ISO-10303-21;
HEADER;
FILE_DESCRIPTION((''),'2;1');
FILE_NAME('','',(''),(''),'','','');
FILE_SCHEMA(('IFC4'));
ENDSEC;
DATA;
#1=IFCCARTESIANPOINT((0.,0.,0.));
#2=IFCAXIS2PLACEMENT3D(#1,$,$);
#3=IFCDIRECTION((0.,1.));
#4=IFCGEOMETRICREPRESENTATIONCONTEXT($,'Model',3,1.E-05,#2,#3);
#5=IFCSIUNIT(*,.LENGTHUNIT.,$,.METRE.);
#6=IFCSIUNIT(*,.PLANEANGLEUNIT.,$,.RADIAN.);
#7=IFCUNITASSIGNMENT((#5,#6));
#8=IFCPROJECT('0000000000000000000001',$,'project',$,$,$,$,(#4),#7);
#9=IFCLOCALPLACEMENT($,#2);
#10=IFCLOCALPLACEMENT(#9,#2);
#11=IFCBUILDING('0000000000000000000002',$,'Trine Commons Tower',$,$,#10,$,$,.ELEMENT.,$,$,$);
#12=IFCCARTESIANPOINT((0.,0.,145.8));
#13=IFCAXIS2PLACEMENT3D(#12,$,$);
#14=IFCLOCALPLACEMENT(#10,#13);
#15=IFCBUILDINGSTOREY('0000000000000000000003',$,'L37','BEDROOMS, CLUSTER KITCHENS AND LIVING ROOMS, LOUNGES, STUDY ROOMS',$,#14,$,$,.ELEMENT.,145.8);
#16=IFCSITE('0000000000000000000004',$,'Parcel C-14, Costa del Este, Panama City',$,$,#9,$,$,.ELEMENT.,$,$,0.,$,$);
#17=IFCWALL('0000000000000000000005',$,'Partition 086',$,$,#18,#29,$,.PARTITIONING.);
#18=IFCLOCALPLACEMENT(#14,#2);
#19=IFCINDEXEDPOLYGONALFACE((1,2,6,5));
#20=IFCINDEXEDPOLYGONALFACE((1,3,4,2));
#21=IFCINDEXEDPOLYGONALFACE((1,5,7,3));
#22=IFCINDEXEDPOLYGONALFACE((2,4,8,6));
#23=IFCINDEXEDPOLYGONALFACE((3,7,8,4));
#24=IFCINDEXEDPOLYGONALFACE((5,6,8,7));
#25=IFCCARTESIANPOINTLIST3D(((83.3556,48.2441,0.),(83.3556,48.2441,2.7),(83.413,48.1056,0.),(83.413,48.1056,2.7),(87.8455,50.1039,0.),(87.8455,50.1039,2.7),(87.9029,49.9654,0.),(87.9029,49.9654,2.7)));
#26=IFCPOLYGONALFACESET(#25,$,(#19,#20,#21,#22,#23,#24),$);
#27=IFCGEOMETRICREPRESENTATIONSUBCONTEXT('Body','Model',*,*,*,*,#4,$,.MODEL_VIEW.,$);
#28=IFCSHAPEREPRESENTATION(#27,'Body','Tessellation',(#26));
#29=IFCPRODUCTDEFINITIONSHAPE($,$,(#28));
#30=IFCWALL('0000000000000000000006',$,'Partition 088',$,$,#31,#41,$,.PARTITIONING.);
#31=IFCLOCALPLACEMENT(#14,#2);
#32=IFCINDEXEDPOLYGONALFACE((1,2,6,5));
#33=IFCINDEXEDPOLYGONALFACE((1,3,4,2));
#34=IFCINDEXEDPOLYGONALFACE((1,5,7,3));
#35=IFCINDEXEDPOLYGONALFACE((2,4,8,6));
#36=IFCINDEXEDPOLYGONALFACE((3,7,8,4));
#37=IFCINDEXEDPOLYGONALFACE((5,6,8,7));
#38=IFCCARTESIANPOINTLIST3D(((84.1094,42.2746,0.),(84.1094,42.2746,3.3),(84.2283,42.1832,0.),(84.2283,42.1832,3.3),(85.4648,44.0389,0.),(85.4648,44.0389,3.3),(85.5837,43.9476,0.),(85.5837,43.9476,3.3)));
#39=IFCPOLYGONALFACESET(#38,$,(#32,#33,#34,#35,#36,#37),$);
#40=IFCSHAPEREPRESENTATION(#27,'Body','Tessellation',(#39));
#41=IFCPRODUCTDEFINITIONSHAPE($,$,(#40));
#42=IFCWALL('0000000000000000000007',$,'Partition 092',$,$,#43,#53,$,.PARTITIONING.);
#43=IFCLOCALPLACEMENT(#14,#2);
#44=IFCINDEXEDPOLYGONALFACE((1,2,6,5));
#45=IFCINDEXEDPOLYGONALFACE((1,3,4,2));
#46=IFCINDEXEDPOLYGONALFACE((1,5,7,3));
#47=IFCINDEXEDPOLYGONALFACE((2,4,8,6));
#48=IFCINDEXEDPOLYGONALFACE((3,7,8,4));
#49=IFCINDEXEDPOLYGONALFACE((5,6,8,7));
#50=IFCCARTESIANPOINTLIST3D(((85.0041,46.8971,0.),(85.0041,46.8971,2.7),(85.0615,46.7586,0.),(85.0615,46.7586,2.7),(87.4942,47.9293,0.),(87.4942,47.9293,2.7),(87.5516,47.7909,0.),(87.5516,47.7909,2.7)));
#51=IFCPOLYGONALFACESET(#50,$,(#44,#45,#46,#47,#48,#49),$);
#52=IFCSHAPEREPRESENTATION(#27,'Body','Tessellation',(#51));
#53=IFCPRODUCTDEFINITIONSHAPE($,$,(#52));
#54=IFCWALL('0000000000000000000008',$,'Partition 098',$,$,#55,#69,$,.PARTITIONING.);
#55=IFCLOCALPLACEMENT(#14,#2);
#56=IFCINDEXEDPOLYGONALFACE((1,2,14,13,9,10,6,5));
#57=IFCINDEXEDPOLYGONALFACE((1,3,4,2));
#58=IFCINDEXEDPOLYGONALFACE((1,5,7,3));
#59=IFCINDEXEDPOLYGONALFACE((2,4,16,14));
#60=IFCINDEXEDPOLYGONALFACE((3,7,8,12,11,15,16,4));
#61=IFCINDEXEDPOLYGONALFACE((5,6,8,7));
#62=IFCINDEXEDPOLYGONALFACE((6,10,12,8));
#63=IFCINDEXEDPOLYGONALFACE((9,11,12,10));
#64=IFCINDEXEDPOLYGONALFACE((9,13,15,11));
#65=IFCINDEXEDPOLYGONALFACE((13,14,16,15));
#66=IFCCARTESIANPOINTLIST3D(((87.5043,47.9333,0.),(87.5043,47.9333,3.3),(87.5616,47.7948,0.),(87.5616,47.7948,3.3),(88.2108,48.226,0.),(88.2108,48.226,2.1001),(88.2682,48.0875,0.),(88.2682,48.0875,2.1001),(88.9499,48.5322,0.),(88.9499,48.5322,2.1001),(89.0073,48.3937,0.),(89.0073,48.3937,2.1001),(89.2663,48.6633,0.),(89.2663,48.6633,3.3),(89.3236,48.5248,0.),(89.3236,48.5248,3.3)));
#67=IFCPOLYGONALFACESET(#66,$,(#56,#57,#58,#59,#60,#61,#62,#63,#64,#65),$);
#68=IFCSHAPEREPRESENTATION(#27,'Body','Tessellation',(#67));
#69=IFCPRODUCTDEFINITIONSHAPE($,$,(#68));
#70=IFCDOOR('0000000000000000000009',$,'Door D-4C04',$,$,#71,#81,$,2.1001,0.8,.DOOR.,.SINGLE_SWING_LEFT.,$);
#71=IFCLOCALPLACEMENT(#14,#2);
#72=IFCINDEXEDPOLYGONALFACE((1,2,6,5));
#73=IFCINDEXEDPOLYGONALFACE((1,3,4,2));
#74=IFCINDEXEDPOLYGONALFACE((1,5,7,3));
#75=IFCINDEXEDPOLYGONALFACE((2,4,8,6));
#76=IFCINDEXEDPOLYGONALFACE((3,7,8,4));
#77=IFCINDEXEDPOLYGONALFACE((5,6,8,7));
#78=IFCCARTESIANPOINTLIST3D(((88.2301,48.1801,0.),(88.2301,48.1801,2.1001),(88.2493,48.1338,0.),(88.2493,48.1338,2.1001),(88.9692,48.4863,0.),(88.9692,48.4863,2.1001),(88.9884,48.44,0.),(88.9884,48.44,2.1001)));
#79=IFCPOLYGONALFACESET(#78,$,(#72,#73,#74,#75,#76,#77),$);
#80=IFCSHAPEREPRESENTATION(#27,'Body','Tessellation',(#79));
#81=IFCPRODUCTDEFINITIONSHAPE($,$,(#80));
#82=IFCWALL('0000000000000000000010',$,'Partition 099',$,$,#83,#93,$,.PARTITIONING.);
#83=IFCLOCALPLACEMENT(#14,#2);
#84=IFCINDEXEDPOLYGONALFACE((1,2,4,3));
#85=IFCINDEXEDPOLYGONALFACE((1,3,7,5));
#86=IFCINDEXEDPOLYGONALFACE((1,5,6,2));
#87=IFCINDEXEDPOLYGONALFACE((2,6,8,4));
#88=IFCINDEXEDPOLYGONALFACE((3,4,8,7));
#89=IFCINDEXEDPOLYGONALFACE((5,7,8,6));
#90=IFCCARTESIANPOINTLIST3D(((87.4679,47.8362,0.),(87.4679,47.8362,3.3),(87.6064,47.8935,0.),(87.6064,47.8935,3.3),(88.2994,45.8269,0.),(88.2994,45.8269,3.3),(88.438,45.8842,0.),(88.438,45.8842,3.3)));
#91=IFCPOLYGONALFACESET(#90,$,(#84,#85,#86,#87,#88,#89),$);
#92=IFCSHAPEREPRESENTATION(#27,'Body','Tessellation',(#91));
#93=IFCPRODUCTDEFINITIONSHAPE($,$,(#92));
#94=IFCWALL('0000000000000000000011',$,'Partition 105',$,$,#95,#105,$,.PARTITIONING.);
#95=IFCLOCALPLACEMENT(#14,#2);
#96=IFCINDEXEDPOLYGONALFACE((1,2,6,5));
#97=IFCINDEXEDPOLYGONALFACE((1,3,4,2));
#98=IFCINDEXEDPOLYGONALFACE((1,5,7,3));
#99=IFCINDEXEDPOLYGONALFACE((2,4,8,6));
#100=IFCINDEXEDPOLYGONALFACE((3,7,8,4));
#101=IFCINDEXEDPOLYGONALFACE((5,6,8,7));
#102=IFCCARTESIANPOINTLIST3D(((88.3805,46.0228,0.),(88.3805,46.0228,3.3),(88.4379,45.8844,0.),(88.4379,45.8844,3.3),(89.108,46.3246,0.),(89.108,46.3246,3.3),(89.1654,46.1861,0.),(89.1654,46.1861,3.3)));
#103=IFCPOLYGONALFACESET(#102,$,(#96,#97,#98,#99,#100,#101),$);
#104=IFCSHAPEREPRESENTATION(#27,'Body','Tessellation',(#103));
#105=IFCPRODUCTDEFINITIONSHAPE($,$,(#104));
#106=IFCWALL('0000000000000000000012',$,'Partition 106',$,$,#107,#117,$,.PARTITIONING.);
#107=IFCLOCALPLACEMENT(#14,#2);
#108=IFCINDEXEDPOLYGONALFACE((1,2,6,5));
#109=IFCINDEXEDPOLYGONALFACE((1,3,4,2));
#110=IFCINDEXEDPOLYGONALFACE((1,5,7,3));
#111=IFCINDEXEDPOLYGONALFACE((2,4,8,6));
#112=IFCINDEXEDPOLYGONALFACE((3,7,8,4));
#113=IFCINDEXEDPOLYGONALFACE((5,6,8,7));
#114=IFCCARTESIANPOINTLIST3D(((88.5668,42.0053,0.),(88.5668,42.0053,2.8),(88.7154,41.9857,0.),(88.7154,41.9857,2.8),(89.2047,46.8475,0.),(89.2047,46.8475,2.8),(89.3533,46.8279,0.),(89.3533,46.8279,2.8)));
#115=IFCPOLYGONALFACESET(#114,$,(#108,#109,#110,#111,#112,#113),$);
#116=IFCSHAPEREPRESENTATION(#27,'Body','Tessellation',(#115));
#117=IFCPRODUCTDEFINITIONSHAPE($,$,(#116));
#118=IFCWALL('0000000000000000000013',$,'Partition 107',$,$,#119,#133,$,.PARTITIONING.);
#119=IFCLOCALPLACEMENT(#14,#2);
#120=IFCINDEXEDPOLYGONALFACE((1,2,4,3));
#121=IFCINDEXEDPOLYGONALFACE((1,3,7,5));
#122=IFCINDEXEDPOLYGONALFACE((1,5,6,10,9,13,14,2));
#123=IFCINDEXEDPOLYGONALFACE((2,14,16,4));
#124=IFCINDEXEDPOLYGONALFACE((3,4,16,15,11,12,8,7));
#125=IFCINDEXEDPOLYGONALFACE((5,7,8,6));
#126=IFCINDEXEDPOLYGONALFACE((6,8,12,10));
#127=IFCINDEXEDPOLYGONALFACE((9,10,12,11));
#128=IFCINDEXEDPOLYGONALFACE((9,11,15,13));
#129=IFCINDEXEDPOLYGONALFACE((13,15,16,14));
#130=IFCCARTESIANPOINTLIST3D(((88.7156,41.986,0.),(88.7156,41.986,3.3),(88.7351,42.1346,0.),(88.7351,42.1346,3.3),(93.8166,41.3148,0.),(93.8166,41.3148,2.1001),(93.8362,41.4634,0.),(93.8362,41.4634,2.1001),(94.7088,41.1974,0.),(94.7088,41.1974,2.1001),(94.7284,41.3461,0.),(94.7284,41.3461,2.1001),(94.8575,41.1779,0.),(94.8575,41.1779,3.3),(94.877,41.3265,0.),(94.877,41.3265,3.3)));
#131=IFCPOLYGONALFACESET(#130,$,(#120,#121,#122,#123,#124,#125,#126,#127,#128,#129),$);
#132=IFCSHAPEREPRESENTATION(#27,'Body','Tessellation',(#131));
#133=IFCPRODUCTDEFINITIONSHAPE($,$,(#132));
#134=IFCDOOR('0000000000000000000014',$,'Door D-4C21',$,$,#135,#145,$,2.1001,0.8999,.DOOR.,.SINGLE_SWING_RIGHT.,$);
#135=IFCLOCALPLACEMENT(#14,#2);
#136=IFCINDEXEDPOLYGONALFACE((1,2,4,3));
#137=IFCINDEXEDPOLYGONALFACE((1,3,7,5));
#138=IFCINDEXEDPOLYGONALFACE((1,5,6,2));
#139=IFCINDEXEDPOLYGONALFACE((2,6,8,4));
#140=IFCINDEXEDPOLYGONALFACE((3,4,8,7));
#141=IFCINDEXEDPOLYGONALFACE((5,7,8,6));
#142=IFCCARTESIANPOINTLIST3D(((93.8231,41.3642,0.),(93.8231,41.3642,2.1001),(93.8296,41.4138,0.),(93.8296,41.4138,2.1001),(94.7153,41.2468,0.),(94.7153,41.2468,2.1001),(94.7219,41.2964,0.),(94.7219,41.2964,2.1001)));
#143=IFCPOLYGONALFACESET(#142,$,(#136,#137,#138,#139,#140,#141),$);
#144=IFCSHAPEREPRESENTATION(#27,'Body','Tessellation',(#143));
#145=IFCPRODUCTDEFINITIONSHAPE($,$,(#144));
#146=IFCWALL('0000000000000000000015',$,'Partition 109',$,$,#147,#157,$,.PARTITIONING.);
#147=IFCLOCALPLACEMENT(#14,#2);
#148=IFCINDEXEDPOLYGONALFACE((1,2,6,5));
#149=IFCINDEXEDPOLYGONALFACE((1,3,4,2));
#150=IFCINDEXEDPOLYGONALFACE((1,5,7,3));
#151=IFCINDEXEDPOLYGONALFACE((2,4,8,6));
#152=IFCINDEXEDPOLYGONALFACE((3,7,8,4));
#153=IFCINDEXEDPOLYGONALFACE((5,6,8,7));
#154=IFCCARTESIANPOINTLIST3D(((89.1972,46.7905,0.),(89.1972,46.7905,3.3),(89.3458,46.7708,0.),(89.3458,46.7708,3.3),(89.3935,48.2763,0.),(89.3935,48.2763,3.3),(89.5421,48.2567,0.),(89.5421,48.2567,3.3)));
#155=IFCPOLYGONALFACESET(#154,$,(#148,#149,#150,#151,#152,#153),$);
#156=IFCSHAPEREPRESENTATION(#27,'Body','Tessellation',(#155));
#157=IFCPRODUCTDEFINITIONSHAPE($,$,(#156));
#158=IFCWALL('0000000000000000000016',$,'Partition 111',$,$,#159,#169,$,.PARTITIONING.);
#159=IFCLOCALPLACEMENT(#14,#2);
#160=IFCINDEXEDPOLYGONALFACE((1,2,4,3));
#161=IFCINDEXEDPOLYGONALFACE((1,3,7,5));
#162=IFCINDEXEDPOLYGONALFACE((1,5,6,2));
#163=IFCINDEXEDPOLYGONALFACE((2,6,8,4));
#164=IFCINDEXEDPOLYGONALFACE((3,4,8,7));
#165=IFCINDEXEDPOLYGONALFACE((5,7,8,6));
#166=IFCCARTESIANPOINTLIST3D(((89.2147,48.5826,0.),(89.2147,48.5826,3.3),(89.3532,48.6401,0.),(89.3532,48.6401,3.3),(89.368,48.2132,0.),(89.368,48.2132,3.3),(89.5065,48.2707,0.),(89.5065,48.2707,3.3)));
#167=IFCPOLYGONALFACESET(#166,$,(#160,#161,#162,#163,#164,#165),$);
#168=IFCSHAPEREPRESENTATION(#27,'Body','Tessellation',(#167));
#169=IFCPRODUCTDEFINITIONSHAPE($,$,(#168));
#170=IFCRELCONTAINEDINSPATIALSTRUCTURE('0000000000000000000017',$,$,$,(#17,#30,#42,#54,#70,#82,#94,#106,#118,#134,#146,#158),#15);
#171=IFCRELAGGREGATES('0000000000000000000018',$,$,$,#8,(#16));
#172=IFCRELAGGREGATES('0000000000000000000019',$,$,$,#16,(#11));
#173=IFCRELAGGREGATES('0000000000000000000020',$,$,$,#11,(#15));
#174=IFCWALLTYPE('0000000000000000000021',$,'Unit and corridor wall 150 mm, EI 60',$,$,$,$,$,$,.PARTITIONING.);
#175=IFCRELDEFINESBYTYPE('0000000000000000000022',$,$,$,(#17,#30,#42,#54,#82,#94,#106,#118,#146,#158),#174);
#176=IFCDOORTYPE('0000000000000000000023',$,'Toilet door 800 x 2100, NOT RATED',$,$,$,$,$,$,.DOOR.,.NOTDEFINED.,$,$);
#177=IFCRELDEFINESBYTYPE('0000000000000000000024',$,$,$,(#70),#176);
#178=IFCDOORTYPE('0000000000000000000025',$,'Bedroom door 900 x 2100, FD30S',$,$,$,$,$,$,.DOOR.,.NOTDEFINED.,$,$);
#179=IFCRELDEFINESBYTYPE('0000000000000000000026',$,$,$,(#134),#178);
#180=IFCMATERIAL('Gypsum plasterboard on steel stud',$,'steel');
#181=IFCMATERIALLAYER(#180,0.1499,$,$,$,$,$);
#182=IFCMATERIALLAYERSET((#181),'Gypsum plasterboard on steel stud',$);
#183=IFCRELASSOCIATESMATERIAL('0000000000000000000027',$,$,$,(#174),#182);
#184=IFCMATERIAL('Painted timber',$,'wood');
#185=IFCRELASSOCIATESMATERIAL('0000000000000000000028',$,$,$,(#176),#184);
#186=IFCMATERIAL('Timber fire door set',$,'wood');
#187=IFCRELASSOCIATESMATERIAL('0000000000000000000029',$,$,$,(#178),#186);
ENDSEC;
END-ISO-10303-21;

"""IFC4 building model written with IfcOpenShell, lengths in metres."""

from ifc_helpers import new_model, si_unit, direction, frame, frame_2d, origin, place, context, subcontext, project, spatial, rectangle, extrude, material, layer, layer_set, type_object, element, fill, save


model = new_model("IFC4")

# Units and contexts
model_context = context("Model", 3, precision=1e-05, world=origin(), true_north=direction((0.0, 1.0)))
body_context = subcontext(model_context, "Body", "Model", "MODEL_VIEW")
ifc_project = project(units=[si_unit("LENGTHUNIT", "METRE"), si_unit("PLANEANGLEUNIT", "RADIAN")], contexts=[model_context])

# Site, building, storey
site_placement = place(None, origin())
site = spatial("IfcSite", under=ifc_project, at=site_placement, Name="Parcel C-14, Costa del Este, Panama City", CompositionType="ELEMENT", RefElevation=0.0)
building_placement = place(site_placement, origin())
building = spatial("IfcBuilding", under=site, at=building_placement, Name="Trine Commons Tower", CompositionType="ELEMENT")
storey_placement = place(building_placement, frame((0.0, 0.0, 145.8)))
storey = spatial("IfcBuildingStorey", under=building, at=storey_placement, Name="L37", Description="BEDROOMS, CLUSTER KITCHENS AND LIVING ROOMS, LOUNGES, STUDY ROOMS", CompositionType="ELEMENT", Elevation=145.8)

# Shared definitions
ifc_material_1 = material(Name="Gypsum plasterboard on steel stud", Category="steel")
ifc_layer_1 = layer(ifc_material_1, 0.1499)
ifc_layer_set_1 = layer_set([ifc_layer_1], Name="Gypsum plasterboard on steel stud")
wall_type_1 = type_object("IfcWallType", Name="Unit and corridor wall 150 mm, EI 60", PredefinedType="PARTITIONING", material=ifc_layer_set_1)
ifc_material_2 = material(Name="Timber fire door set", Category="wood")

# Walls
wall_1_placement = place(storey_placement, frame((83.3843, 48.1748, 0.0), z_axis=(0.0, 0.0, 1.0), x_axis=(0.923876, 0.382692, 0.0)))
element("IfcWall", 1, at=wall_1_placement, inside=storey, type_object=wall_type_1, Name="Partition 086", PredefinedType="PARTITIONING", context=body_context, shape_type="SweptSolid", body=[
    extrude(rectangle(XDim=4.8599, YDim=0.1499, at=frame_2d((2.4299, 0.0))), origin(), (0.0, 0.0, 1.0), 2.7),
])
wall_2_placement = place(storey_placement, frame((84.1689, 42.229, 0.0), z_axis=(0.0, 0.0, 1.0), x_axis=(0.609212, 0.793007, 0.0)))
element("IfcWall", 2, at=wall_2_placement, inside=storey, type_object=wall_type_1, Name="Partition 088", PredefinedType="PARTITIONING", context=body_context, shape_type="SweptSolid", body=[
    extrude(rectangle(XDim=2.2249, YDim=0.1499, at=frame_2d((1.1123, 0.0))), origin(), (0.0, 0.0, 1.0), 3.3),
])
wall_3_placement = place(storey_placement, frame((85.033, 46.8279, 0.0), z_axis=(0.0, 0.0, 1.0), x_axis=(0.923769, 0.382949, 0.0)))
element("IfcWall", 3, at=wall_3_placement, inside=storey, type_object=wall_type_1, Name="Partition 092", PredefinedType="PARTITIONING", context=body_context, shape_type="SweptSolid", body=[
    extrude(rectangle(XDim=2.6956, YDim=0.1499, at=frame_2d((1.3477, 0.0))), origin(), (0.0, 0.0, 1.0), 2.7),
])

# Wall, opening, door
wall_4_placement = place(storey_placement, frame((87.533, 47.864, 0.0), z_axis=(0.0, 0.0, 1.0), x_axis=(0.923851, 0.382751, 0.0)))
wall_4 = element("IfcWall", 4, at=wall_4_placement, inside=storey, type_object=wall_type_1, Name="Partition 098", PredefinedType="PARTITIONING", context=body_context, shape_type="SweptSolid", body=[
    extrude(rectangle(XDim=1.9072, YDim=0.1499, at=frame_2d((0.9536, 0.0))), origin(), (0.0, 0.0, 1.0), 3.3),
])
opening_1_placement = place(wall_4_placement, frame((0.7649, 0.0, 0.0)))
opening_1 = element("IfcOpeningElement", 5, at=opening_1_placement, cuts=wall_4, PredefinedType="OPENING", context=body_context, shape_type="SweptSolid", body=[
    extrude(rectangle(XDim=0.8, YDim=2.1001, at=frame_2d((0.3999, 1.05))), frame((0.0, 0.085, 0.0), z_axis=(0.0, -1.0, 0.0), x_axis=(1.0, 0.0, 0.0)), (0.0, 0.0, 1.0), 0.1699),
])
ifc_material_3 = material(Name="Painted timber", Category="wood")
door_type_1 = type_object("IfcDoorType", Name="Toilet door 800 x 2100, NOT RATED", OperationType="NOTDEFINED", PredefinedType="DOOR", material=ifc_material_3)
door_1_placement = place(opening_1_placement, frame((0.8, 0.0, 0.0), z_axis=(0.0, 0.0, 1.0), x_axis=(-1.0, 0.0, 0.0)))
door_1 = element("IfcDoor", 6, at=door_1_placement, inside=storey, type_object=door_type_1, Name="Door D-4C04", OperationType="SINGLE_SWING_LEFT", OverallHeight=2.1001, OverallWidth=0.8, PredefinedType="DOOR", context=body_context, shape_type="SweptSolid", body=[
    extrude(rectangle(XDim=0.8, YDim=2.1001, at=frame_2d((0.3999, 1.05))), frame((0.0, 0.0249, 0.0), z_axis=(0.0, -1.0, 0.0), x_axis=(1.0, 0.0, 0.0)), (0.0, 0.0, 1.0), 0.05),
])
fill(opening_1, door_1)

# Walls
wall_5_placement = place(storey_placement, frame((87.5371, 47.865, 0.0), z_axis=(0.0, 0.0, 1.0), x_axis=(0.382398, -0.923998, 0.0)))
element("IfcWall", 7, at=wall_5_placement, inside=storey, type_object=wall_type_1, Name="Partition 099", PredefinedType="PARTITIONING", context=body_context, shape_type="SweptSolid", body=[
    extrude(rectangle(XDim=2.1746, YDim=0.1499, at=frame_2d((1.0874, 0.0))), origin(), (0.0, 0.0, 1.0), 3.3),
])
wall_6_placement = place(storey_placement, frame((88.4092, 45.9536, 0.0), z_axis=(0.0, 0.0, 1.0), x_axis=(0.923699, 0.383118, 0.0)))
element("IfcWall", 8, at=wall_6_placement, inside=storey, type_object=wall_type_1, Name="Partition 105", PredefinedType="PARTITIONING", context=body_context, shape_type="SweptSolid", body=[
    extrude(rectangle(XDim=0.7876, YDim=0.1499, at=frame_2d((0.3938, 0.0))), origin(), (0.0, 0.0, 1.0), 3.3),
])
wall_7_placement = place(storey_placement, frame((88.6411, 41.9956, 0.0), z_axis=(0.0, 0.0, 1.0), x_axis=(0.130615, 0.991433, 0.0)))
element("IfcWall", 9, at=wall_7_placement, inside=storey, type_object=wall_type_1, Name="Partition 106", PredefinedType="PARTITIONING", context=body_context, shape_type="SweptSolid", body=[
    extrude(rectangle(XDim=4.884, YDim=0.1499, at=frame_2d((2.4419, 0.0))), origin(), (0.0, 0.0, 1.0), 2.8),
])

# Wall, opening, door
wall_8_placement = place(storey_placement, frame((88.7253, 42.0603, 0.0), z_axis=(0.0, 0.0, 1.0), x_axis=(0.991455, -0.130449, 0.0)))
wall_8 = element("IfcWall", 10, at=wall_8_placement, inside=storey, type_object=wall_type_1, Name="Partition 107", PredefinedType="PARTITIONING", context=body_context, shape_type="SweptSolid", body=[
    extrude(rectangle(XDim=6.1948, YDim=0.1499, at=frame_2d((3.0974, 0.0))), origin(), (0.0, 0.0, 1.0), 3.3),
])
opening_2_placement = place(wall_8_placement, frame((5.145, 0.0, 0.0)))
opening_2 = element("IfcOpeningElement", 11, at=opening_2_placement, cuts=wall_8, PredefinedType="OPENING", context=body_context, shape_type="SweptSolid", body=[
    extrude(rectangle(XDim=0.8999, YDim=2.1001, at=frame_2d((0.45, 1.05))), frame((0.0, 0.085, 0.0), z_axis=(0.0, -1.0, 0.0), x_axis=(1.0, 0.0, 0.0)), (0.0, 0.0, 1.0), 0.1699),
])
door_type_2 = type_object("IfcDoorType", Name="Bedroom door 900 x 2100, FD30S", OperationType="NOTDEFINED", PredefinedType="DOOR", material=ifc_material_2)
door_2_placement = place(opening_2_placement, origin())
door_2 = element("IfcDoor", 12, at=door_2_placement, inside=storey, type_object=door_type_2, Name="Door D-4C21", OperationType="SINGLE_SWING_RIGHT", OverallHeight=2.1001, OverallWidth=0.8999, PredefinedType="DOOR", context=body_context, shape_type="SweptSolid", body=[
    extrude(rectangle(XDim=0.8999, YDim=2.1001, at=frame_2d((0.45, 1.05))), frame((0.0, 0.0249, 0.0), z_axis=(0.0, -1.0, 0.0), x_axis=(1.0, 0.0, 0.0)), (0.0, 0.0, 1.0), 0.05),
])
fill(opening_2, door_2)

# Walls
wall_9_placement = place(storey_placement, frame((89.2715, 46.7805, 0.0), z_axis=(0.0, 0.0, 1.0), x_axis=(0.130969, 0.991387, 0.0)))
element("IfcWall", 13, at=wall_9_placement, inside=storey, type_object=wall_type_1, Name="Partition 109", PredefinedType="PARTITIONING", context=body_context, shape_type="SweptSolid", body=[
    extrude(rectangle(XDim=1.4988, YDim=0.1499, at=frame_2d((0.7495, 0.0))), origin(), (0.0, 0.0, 1.0), 3.3),
])
wall_10_placement = place(storey_placement, frame((89.2839, 48.6113, 0.0), z_axis=(0.0, 0.0, 1.0), x_axis=(0.383358, -0.9236, 0.0)))
element("IfcWall", 14, at=wall_10_placement, inside=storey, type_object=wall_type_1, Name="Partition 111", PredefinedType="PARTITIONING", context=body_context, shape_type="SweptSolid", body=[
    extrude(rectangle(XDim=0.3999, YDim=0.1499, at=frame_2d((0.2, 0.0))), origin(), (0.0, 0.0, 1.0), 3.3),
])

save(model, "model.ifc")
